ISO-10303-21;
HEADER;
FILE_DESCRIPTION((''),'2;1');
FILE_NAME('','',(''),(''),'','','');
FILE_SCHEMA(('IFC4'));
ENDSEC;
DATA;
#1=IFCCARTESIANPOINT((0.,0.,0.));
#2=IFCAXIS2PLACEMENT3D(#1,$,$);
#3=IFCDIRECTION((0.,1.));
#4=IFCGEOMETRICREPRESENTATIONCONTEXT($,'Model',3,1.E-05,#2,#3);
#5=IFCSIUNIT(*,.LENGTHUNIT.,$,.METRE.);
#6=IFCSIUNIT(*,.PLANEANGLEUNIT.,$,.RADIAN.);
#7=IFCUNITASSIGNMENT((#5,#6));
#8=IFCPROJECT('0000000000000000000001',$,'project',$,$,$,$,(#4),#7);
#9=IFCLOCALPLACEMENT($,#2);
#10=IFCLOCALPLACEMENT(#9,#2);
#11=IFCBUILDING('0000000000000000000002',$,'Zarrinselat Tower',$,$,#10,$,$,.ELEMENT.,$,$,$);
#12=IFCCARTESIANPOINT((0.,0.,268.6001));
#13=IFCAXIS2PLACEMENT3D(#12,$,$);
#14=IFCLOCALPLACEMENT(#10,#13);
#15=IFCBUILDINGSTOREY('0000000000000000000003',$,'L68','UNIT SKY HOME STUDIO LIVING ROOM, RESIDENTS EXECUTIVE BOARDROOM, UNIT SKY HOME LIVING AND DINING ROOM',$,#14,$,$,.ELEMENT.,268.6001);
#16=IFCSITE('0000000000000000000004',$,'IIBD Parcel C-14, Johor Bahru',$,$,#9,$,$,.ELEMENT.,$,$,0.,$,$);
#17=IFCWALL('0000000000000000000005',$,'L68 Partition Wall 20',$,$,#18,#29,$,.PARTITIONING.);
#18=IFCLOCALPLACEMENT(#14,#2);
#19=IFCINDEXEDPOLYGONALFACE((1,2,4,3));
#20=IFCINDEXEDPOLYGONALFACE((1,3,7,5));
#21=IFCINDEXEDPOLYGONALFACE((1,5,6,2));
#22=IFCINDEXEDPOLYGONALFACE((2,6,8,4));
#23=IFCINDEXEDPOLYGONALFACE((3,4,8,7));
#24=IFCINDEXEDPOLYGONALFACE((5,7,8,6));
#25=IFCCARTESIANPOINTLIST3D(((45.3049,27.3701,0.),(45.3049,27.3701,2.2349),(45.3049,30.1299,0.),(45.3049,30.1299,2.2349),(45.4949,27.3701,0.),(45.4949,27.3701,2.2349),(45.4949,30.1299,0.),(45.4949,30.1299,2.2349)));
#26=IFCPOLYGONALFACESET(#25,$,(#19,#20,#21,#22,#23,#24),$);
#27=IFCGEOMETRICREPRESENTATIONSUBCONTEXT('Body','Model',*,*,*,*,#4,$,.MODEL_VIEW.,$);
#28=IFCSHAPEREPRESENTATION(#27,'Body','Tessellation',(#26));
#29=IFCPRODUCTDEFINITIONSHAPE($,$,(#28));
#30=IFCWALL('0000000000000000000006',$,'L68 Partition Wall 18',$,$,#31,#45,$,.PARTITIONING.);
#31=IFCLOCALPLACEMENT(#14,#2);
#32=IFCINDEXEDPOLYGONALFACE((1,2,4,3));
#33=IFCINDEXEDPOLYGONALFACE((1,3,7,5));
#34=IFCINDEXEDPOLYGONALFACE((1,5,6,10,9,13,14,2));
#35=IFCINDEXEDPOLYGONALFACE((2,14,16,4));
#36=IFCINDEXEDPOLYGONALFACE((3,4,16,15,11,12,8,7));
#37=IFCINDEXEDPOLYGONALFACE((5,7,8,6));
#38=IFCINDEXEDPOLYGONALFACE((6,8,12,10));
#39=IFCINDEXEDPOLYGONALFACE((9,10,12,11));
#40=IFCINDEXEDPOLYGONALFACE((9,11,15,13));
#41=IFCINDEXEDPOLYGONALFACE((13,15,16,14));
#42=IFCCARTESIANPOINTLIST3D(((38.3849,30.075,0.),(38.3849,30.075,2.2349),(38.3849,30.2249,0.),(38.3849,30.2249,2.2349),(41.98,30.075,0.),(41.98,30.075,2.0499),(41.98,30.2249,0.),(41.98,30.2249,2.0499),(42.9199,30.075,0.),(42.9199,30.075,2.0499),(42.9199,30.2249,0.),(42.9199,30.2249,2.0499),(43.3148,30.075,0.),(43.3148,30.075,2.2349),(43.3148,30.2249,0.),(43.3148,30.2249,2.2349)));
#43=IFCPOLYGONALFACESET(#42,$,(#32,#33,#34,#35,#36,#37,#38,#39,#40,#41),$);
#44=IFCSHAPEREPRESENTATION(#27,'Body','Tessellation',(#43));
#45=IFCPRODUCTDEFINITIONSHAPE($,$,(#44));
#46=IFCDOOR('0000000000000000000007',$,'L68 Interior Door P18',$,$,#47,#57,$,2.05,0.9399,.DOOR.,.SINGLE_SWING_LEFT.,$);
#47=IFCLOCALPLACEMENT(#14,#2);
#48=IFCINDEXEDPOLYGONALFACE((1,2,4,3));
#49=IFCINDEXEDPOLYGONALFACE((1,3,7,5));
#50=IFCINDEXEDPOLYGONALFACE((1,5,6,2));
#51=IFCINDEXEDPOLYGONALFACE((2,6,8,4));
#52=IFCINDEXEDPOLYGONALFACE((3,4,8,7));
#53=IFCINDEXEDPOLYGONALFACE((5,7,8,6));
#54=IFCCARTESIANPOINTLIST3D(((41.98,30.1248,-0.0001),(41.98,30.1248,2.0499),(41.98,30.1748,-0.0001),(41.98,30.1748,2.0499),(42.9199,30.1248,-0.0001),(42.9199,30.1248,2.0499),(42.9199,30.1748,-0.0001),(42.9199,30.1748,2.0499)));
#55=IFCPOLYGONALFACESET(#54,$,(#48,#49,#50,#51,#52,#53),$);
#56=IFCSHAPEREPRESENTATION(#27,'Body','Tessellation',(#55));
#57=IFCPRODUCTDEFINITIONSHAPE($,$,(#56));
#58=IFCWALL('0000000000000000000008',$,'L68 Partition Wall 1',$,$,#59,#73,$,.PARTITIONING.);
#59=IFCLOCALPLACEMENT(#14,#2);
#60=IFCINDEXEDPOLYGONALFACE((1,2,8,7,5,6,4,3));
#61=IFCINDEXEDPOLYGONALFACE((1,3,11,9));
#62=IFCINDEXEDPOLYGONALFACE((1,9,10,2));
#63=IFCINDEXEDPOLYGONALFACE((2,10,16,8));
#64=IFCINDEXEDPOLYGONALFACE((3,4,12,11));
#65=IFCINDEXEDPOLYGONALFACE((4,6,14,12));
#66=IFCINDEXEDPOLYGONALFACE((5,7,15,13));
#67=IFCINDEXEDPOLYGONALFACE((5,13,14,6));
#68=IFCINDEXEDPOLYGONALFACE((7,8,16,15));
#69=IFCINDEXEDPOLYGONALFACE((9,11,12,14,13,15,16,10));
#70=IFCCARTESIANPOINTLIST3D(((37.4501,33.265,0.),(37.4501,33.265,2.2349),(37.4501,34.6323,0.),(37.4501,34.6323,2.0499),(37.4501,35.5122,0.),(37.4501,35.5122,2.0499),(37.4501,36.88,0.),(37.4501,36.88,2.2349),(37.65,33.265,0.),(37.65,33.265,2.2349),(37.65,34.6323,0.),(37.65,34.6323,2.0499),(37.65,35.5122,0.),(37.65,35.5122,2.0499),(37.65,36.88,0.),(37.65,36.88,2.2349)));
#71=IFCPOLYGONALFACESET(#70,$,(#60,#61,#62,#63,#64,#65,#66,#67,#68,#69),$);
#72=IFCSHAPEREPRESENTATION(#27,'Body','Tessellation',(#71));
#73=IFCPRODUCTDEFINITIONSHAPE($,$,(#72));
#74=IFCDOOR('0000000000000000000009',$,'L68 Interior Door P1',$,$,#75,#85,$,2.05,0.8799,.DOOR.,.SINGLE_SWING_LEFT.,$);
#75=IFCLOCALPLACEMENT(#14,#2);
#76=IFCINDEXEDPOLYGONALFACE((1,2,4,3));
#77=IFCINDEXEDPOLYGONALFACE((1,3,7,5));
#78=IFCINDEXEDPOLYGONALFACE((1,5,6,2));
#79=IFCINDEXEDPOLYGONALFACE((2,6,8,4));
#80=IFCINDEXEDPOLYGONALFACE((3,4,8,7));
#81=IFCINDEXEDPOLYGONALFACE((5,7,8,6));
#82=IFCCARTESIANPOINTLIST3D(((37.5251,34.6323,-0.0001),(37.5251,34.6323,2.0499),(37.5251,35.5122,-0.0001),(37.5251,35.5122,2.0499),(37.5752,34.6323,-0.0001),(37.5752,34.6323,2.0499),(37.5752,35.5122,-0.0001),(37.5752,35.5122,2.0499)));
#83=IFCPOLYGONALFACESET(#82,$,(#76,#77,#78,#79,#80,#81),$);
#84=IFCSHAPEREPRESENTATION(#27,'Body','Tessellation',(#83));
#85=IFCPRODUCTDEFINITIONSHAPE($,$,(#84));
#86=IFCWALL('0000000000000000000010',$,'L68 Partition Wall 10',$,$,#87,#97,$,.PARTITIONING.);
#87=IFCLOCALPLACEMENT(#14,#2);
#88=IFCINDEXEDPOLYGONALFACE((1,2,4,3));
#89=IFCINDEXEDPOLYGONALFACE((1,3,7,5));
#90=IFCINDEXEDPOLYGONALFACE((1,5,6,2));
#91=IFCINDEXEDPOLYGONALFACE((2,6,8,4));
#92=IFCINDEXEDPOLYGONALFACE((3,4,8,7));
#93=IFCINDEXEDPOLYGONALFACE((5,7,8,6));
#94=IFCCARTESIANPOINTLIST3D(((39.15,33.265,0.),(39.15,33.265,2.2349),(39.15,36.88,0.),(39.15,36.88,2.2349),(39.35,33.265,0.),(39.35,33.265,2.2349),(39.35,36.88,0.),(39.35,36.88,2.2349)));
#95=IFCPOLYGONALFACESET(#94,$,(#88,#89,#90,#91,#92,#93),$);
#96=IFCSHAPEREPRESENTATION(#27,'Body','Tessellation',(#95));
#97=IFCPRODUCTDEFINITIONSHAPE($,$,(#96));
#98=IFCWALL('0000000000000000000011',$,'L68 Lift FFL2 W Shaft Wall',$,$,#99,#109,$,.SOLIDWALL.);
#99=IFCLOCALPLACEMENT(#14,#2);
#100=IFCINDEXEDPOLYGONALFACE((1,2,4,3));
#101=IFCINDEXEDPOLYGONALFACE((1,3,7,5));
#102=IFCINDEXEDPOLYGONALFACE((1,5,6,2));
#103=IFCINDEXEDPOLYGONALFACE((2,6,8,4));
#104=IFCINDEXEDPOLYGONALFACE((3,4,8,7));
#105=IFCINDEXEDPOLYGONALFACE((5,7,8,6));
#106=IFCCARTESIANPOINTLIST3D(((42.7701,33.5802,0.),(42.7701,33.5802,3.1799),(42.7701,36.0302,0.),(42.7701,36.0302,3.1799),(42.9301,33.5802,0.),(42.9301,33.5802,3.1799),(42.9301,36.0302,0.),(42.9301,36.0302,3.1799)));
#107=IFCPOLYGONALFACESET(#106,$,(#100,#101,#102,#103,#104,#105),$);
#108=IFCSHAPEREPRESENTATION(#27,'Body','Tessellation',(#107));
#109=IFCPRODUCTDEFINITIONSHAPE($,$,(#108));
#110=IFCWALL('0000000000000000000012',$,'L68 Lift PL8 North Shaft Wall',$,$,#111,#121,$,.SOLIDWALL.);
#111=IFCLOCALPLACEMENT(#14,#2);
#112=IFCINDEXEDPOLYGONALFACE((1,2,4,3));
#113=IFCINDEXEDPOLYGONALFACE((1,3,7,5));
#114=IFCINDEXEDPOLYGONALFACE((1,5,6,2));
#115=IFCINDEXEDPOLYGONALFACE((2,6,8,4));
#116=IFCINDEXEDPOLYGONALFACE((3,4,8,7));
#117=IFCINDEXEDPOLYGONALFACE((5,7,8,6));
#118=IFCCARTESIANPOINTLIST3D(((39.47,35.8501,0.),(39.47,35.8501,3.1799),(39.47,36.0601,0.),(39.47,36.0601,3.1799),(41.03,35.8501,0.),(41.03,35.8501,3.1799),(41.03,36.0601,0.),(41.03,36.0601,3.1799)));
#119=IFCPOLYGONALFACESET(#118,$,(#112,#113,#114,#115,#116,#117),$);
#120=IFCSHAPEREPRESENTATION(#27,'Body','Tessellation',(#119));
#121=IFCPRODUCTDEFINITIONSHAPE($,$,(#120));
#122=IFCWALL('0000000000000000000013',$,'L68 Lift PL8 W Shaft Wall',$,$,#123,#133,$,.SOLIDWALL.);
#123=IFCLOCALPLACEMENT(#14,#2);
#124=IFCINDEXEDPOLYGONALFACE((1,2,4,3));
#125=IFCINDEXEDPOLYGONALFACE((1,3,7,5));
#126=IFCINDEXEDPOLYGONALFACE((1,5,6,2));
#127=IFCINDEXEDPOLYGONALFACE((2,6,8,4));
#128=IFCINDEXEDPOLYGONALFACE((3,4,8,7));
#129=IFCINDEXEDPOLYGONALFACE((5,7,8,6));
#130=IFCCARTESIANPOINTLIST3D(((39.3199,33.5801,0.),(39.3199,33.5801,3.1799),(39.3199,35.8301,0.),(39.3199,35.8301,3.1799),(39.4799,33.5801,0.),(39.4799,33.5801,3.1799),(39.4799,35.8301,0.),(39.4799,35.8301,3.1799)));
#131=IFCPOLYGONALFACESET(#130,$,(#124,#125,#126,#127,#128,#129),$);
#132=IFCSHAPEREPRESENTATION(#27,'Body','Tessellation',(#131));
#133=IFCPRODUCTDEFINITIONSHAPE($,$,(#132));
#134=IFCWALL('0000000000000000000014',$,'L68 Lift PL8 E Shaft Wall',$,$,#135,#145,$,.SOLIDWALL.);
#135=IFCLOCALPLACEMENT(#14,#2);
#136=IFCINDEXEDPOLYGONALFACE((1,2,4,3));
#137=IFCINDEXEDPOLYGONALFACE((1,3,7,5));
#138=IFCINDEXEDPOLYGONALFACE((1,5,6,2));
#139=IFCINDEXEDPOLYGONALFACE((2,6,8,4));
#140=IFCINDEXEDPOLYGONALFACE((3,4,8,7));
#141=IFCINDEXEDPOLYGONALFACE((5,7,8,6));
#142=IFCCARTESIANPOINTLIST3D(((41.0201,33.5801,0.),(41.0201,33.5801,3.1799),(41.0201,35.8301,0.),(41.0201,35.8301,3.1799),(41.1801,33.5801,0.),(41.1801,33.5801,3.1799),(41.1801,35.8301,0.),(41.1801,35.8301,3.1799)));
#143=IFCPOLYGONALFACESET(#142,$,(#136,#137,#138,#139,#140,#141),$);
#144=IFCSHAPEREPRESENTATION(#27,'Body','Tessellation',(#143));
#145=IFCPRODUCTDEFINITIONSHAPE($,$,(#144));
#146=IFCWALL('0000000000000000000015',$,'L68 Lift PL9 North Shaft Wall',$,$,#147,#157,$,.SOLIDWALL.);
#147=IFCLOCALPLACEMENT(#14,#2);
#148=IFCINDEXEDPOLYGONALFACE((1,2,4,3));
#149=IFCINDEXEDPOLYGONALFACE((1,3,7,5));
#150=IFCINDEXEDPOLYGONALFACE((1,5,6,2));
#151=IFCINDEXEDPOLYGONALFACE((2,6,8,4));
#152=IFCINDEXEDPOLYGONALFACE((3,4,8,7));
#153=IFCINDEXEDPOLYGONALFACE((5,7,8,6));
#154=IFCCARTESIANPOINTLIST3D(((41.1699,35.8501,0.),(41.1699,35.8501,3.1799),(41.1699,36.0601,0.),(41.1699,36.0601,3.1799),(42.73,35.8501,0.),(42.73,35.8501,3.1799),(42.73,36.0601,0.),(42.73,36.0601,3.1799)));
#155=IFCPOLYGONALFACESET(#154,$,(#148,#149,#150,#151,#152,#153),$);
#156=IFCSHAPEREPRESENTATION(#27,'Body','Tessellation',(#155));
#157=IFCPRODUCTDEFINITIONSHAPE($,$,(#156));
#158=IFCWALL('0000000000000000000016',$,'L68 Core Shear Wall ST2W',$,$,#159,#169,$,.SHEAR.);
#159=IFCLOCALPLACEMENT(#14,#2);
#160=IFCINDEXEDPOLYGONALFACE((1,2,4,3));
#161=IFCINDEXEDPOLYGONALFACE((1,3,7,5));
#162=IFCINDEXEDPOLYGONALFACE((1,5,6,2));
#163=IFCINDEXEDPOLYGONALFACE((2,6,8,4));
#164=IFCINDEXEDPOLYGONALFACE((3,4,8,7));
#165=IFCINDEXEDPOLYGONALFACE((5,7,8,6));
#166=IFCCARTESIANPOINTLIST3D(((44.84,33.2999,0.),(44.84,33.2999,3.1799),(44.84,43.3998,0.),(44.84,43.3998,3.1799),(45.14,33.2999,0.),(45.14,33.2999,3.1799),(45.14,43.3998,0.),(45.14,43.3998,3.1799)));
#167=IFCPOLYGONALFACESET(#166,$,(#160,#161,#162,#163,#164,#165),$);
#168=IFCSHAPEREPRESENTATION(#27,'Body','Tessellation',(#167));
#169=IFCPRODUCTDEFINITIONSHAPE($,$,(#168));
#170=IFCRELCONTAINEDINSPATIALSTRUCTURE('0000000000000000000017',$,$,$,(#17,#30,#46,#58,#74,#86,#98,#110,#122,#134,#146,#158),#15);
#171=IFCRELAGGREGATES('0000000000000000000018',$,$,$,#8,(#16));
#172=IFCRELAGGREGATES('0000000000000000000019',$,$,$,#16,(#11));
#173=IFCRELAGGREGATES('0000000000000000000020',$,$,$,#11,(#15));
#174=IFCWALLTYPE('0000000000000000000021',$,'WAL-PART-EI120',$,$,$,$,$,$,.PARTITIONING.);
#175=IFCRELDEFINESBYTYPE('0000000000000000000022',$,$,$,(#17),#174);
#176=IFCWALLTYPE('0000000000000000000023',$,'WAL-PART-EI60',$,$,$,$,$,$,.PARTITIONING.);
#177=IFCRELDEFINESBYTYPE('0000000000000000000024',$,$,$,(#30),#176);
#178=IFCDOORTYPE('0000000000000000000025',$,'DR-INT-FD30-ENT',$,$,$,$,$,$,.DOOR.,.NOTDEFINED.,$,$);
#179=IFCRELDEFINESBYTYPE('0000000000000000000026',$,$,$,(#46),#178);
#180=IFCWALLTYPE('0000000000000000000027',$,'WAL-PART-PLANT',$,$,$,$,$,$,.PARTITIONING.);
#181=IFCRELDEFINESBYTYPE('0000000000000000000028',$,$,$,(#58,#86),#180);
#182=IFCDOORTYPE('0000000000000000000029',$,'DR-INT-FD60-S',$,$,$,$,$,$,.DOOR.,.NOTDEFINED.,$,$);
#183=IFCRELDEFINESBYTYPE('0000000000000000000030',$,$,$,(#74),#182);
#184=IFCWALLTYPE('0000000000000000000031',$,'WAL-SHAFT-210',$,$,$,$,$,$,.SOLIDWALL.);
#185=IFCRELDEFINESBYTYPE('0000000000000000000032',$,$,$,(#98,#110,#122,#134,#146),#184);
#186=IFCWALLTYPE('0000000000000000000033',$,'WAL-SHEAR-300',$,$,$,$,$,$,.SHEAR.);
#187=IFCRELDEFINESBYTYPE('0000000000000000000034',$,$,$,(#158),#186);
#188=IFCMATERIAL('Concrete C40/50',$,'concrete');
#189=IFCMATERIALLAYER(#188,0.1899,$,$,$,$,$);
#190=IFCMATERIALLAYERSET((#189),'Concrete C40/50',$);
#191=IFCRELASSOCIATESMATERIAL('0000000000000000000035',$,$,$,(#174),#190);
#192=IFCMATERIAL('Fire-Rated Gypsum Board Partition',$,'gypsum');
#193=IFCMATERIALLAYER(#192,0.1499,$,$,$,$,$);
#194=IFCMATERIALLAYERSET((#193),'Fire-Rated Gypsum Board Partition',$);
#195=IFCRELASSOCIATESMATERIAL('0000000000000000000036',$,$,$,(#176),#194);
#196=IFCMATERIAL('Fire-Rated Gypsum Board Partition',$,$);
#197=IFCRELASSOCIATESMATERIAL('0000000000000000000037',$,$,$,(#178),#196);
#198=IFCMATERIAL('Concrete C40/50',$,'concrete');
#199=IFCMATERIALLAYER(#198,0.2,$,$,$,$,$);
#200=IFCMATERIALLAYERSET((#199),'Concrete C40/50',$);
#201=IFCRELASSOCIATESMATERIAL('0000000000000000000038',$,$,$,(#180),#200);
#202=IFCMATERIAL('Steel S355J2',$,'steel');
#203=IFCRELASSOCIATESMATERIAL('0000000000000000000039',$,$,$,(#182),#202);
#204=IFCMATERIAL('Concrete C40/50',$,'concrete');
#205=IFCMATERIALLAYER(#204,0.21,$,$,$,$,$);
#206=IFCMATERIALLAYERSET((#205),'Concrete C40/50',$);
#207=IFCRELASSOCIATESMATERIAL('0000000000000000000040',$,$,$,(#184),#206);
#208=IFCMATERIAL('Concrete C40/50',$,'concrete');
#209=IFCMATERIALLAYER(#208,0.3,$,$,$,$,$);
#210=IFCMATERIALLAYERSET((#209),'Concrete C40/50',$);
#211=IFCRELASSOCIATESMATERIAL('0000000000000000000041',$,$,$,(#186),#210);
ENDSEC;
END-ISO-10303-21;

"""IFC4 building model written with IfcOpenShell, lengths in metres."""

from ifc_helpers import new_model, si_unit, direction, frame, frame_2d, origin, place, context, subcontext, project, spatial, rectangle, extrude, material, layer, layer_set, type_object, element, fill, save


model = new_model("IFC4")

# Units and contexts
model_context = context("Model", 3, precision=1e-05, world=origin(), true_north=direction((0.0, 1.0)))
body_context = subcontext(model_context, "Body", "Model", "MODEL_VIEW")
ifc_project = project(units=[si_unit("LENGTHUNIT", "METRE"), si_unit("PLANEANGLEUNIT", "RADIAN")], contexts=[model_context])

# Site, building, storey
site_placement = place(None, origin())
site = spatial("IfcSite", under=ifc_project, at=site_placement, Name="IIBD Parcel C-14, Johor Bahru", CompositionType="ELEMENT", RefElevation=0.0)
building_placement = place(site_placement, origin())
building = spatial("IfcBuilding", under=site, at=building_placement, Name="Zarrinselat Tower", CompositionType="ELEMENT")
storey_placement = place(building_placement, frame((0.0, 0.0, 268.6001)))
storey = spatial("IfcBuildingStorey", under=building, at=storey_placement, Name="L68", Description="UNIT SKY HOME STUDIO LIVING ROOM, RESIDENTS EXECUTIVE BOARDROOM, UNIT SKY HOME LIVING AND DINING ROOM", CompositionType="ELEMENT", Elevation=268.6001)

# Shared definitions
ifc_material_1 = material(Name="Concrete C40/50", Category="concrete")
ifc_layer_1 = layer(ifc_material_1, 0.1899)
ifc_layer_set_1 = layer_set([ifc_layer_1], Name="Concrete C40/50")
wall_type_1 = type_object("IfcWallType", Name="WAL-PART-EI120", PredefinedType="PARTITIONING", material=ifc_layer_set_1)

# Wall
wall_1_placement = place(storey_placement, frame((45.3999, 27.3701, 0.0), z_axis=(0.0, 0.0, 1.0), x_axis=(0.0, 1.0, 0.0)))
element("IfcWall", 1, at=wall_1_placement, inside=storey, type_object=wall_type_1, Name="L68 Partition Wall 20", PredefinedType="PARTITIONING", context=body_context, shape_type="SweptSolid", body=[
    extrude(rectangle(XDim=2.7598, YDim=0.1899, at=frame_2d((1.3799, 0.0))), origin(), (0.0, 0.0, 1.0), 2.2349),
])

# Walls, openings, doors
ifc_material_2 = material(Name="Fire-Rated Gypsum Board Partition", Category="gypsum")
ifc_layer_2 = layer(ifc_material_2, 0.1499)
ifc_layer_set_2 = layer_set([ifc_layer_2], Name="Fire-Rated Gypsum Board Partition")
wall_type_2 = type_object("IfcWallType", Name="WAL-PART-EI60", PredefinedType="PARTITIONING", material=ifc_layer_set_2)
wall_2_placement = place(storey_placement, frame((38.385, 30.1499, 0.0), z_axis=(0.0, 0.0, 1.0), x_axis=(1.0, 0.0, 0.0)))
wall_2 = element("IfcWall", 2, at=wall_2_placement, inside=storey, type_object=wall_type_2, Name="L68 Partition Wall 18", PredefinedType="PARTITIONING", context=body_context, shape_type="SweptSolid", body=[
    extrude(rectangle(XDim=4.9299, YDim=0.1499, at=frame_2d((2.4648, 0.0))), origin(), (0.0, 0.0, 1.0), 2.2349),
])
opening_1_placement = place(wall_2_placement, frame((3.595, 0.0, 0.0)))
opening_1 = element("IfcOpeningElement", 3, at=opening_1_placement, cuts=wall_2, PredefinedType="OPENING", context=body_context, shape_type="SweptSolid", body=[
    extrude(rectangle(XDim=0.9399, YDim=2.05, at=frame_2d((0.47, 1.0249))), frame((0.0, 0.085, 0.0), z_axis=(0.0, -1.0, 0.0), x_axis=(1.0, 0.0, 0.0)), (0.0, 0.0, 1.0), 0.1699),
])
ifc_material_3 = material(Name="Fire-Rated Gypsum Board Partition")
door_type_1 = type_object("IfcDoorType", Name="DR-INT-FD30-ENT", OperationType="NOTDEFINED", PredefinedType="DOOR", material=ifc_material_3)
door_1_placement = place(opening_1_placement, origin())
door_1 = element("IfcDoor", 4, at=door_1_placement, inside=storey, type_object=door_type_1, Name="L68 Interior Door P18", OperationType="SINGLE_SWING_LEFT", OverallHeight=2.05, OverallWidth=0.9399, PredefinedType="DOOR", context=body_context, shape_type="SweptSolid", body=[
    extrude(rectangle(XDim=0.9399, YDim=2.05, at=frame_2d((0.47, 1.0249))), frame((0.0, 0.0249, 0.0), z_axis=(0.0, -1.0, 0.0), x_axis=(1.0, 0.0, 0.0)), (0.0, 0.0, 1.0), 0.05),
])
fill(opening_1, door_1)
ifc_material_4 = material(Name="Concrete C40/50", Category="concrete")
ifc_layer_3 = layer(ifc_material_4, 0.2)
ifc_layer_set_3 = layer_set([ifc_layer_3], Name="Concrete C40/50")
wall_type_3 = type_object("IfcWallType", Name="WAL-PART-PLANT", PredefinedType="PARTITIONING", material=ifc_layer_set_3)
wall_3_placement = place(storey_placement, frame((37.55, 33.2649, 0.0), z_axis=(0.0, 0.0, 1.0), x_axis=(0.0, 1.0, 0.0)))
wall_3 = element("IfcWall", 5, at=wall_3_placement, inside=storey, type_object=wall_type_3, Name="L68 Partition Wall 1", PredefinedType="PARTITIONING", context=body_context, shape_type="SweptSolid", body=[
    extrude(rectangle(XDim=3.615, YDim=0.2, at=frame_2d((1.8076, 0.0))), origin(), (0.0, 0.0, 1.0), 2.2349),
])
opening_2_placement = place(wall_3_placement, frame((1.3674, 0.0, 0.0)))
opening_2 = element("IfcOpeningElement", 6, at=opening_2_placement, cuts=wall_3, PredefinedType="OPENING", context=body_context, shape_type="SweptSolid", body=[
    extrude(rectangle(XDim=0.8799, YDim=2.05, at=frame_2d((0.4399, 1.0249))), frame((0.0, 0.1099, 0.0), z_axis=(0.0, -1.0, 0.0), x_axis=(1.0, 0.0, 0.0)), (0.0, 0.0, 1.0), 0.22),
])
ifc_material_5 = material(Name="Steel S355J2", Category="steel")
door_type_2 = type_object("IfcDoorType", Name="DR-INT-FD60-S", OperationType="NOTDEFINED", PredefinedType="DOOR", material=ifc_material_5)
door_2_placement = place(opening_2_placement, origin())
door_2 = element("IfcDoor", 7, at=door_2_placement, inside=storey, type_object=door_type_2, Name="L68 Interior Door P1", OperationType="SINGLE_SWING_LEFT", OverallHeight=2.05, OverallWidth=0.8799, PredefinedType="DOOR", context=body_context, shape_type="SweptSolid", body=[
    extrude(rectangle(XDim=0.8799, YDim=2.05, at=frame_2d((0.4399, 1.0249))), frame((0.0, 0.0249, 0.0), z_axis=(0.0, -1.0, 0.0), x_axis=(1.0, 0.0, 0.0)), (0.0, 0.0, 1.0), 0.05),
])
fill(opening_2, door_2)

# Walls
wall_4_placement = place(storey_placement, frame((39.25, 33.2649, 0.0), z_axis=(0.0, 0.0, 1.0), x_axis=(0.0, 1.0, 0.0)))
element("IfcWall", 8, at=wall_4_placement, inside=storey, type_object=wall_type_3, Name="L68 Partition Wall 10", PredefinedType="PARTITIONING", context=body_context, shape_type="SweptSolid", body=[
    extrude(rectangle(XDim=3.615, YDim=0.2, at=frame_2d((1.8076, 0.0))), origin(), (0.0, 0.0, 1.0), 2.2349),
])
ifc_material_6 = material(Name="Concrete C40/50", Category="concrete")
ifc_layer_4 = layer(ifc_material_6, 0.21)
ifc_layer_set_4 = layer_set([ifc_layer_4], Name="Concrete C40/50")
wall_type_4 = type_object("IfcWallType", Name="WAL-SHAFT-210", PredefinedType="SOLIDWALL", material=ifc_layer_set_4)
wall_5_placement = place(storey_placement, frame((42.8501, 33.5801, 0.0), z_axis=(0.0, 0.0, 1.0), x_axis=(0.0, 1.0, 0.0)))
element("IfcWall", 9, at=wall_5_placement, inside=storey, type_object=wall_type_4, Name="L68 Lift FFL2 W Shaft Wall", PredefinedType="SOLIDWALL", context=body_context, shape_type="SweptSolid", body=[
    extrude(rectangle(XDim=2.45, YDim=0.1599, at=frame_2d((1.2251, 0.0))), origin(), (0.0, 0.0, 1.0), 3.1799),
])
wall_6_placement = place(storey_placement, frame((39.47, 35.9551, 0.0), z_axis=(0.0, 0.0, 1.0), x_axis=(1.0, 0.0, 0.0)))
element("IfcWall", 10, at=wall_6_placement, inside=storey, type_object=wall_type_4, Name="L68 Lift PL8 North Shaft Wall", PredefinedType="SOLIDWALL", context=body_context, shape_type="SweptSolid", body=[
    extrude(rectangle(XDim=1.5601, YDim=0.21, at=frame_2d((0.78, 0.0))), origin(), (0.0, 0.0, 1.0), 3.1799),
])
for number, where, z_axis, x_axis, name in (
    (11, (39.3999, 33.5801, 0.0), (0.0, 0.0, 1.0), (0.0, 1.0, 0.0), "L68 Lift PL8 W Shaft Wall"),
    (12, (41.1001, 33.5801, 0.0), (0.0, 0.0, 1.0), (0.0, 1.0, 0.0), "L68 Lift PL8 E Shaft Wall"),
):
    element("IfcWall", number, at=place(storey_placement, frame(where, z_axis=z_axis, x_axis=x_axis)), inside=storey, type_object=wall_type_4, Name=name, PredefinedType="SOLIDWALL", context=body_context, shape_type="SweptSolid", body=[
        extrude(rectangle(XDim=2.25, YDim=0.1599, at=frame_2d((1.125, 0.0))), origin(), (0.0, 0.0, 1.0), 3.1799),
    ])
wall_7_placement = place(storey_placement, frame((41.1699, 35.9551, 0.0), z_axis=(0.0, 0.0, 1.0), x_axis=(1.0, 0.0, 0.0)))
element("IfcWall", 13, at=wall_7_placement, inside=storey, type_object=wall_type_4, Name="L68 Lift PL9 North Shaft Wall", PredefinedType="SOLIDWALL", context=body_context, shape_type="SweptSolid", body=[
    extrude(rectangle(XDim=1.5601, YDim=0.21, at=frame_2d((0.78, 0.0))), origin(), (0.0, 0.0, 1.0), 3.1799),
])
ifc_material_7 = material(Name="Concrete C40/50", Category="concrete")
ifc_layer_5 = layer(ifc_material_7, 0.3)
ifc_layer_set_5 = layer_set([ifc_layer_5], Name="Concrete C40/50")
wall_type_5 = type_object("IfcWallType", Name="WAL-SHEAR-300", PredefinedType="SHEAR", material=ifc_layer_set_5)
wall_8_placement = place(storey_placement, frame((44.99, 33.3, 0.0), z_axis=(0.0, 0.0, 1.0), x_axis=(0.0, 1.0, 0.0)))
element("IfcWall", 14, at=wall_8_placement, inside=storey, type_object=wall_type_5, Name="L68 Core Shear Wall ST2W", PredefinedType="SHEAR", context=body_context, shape_type="SweptSolid", body=[
    extrude(rectangle(XDim=10.0999, YDim=0.3, at=frame_2d((5.0498, 0.0))), origin(), (0.0, 0.0, 1.0), 3.1799),
])

save(model, "model.ifc")
